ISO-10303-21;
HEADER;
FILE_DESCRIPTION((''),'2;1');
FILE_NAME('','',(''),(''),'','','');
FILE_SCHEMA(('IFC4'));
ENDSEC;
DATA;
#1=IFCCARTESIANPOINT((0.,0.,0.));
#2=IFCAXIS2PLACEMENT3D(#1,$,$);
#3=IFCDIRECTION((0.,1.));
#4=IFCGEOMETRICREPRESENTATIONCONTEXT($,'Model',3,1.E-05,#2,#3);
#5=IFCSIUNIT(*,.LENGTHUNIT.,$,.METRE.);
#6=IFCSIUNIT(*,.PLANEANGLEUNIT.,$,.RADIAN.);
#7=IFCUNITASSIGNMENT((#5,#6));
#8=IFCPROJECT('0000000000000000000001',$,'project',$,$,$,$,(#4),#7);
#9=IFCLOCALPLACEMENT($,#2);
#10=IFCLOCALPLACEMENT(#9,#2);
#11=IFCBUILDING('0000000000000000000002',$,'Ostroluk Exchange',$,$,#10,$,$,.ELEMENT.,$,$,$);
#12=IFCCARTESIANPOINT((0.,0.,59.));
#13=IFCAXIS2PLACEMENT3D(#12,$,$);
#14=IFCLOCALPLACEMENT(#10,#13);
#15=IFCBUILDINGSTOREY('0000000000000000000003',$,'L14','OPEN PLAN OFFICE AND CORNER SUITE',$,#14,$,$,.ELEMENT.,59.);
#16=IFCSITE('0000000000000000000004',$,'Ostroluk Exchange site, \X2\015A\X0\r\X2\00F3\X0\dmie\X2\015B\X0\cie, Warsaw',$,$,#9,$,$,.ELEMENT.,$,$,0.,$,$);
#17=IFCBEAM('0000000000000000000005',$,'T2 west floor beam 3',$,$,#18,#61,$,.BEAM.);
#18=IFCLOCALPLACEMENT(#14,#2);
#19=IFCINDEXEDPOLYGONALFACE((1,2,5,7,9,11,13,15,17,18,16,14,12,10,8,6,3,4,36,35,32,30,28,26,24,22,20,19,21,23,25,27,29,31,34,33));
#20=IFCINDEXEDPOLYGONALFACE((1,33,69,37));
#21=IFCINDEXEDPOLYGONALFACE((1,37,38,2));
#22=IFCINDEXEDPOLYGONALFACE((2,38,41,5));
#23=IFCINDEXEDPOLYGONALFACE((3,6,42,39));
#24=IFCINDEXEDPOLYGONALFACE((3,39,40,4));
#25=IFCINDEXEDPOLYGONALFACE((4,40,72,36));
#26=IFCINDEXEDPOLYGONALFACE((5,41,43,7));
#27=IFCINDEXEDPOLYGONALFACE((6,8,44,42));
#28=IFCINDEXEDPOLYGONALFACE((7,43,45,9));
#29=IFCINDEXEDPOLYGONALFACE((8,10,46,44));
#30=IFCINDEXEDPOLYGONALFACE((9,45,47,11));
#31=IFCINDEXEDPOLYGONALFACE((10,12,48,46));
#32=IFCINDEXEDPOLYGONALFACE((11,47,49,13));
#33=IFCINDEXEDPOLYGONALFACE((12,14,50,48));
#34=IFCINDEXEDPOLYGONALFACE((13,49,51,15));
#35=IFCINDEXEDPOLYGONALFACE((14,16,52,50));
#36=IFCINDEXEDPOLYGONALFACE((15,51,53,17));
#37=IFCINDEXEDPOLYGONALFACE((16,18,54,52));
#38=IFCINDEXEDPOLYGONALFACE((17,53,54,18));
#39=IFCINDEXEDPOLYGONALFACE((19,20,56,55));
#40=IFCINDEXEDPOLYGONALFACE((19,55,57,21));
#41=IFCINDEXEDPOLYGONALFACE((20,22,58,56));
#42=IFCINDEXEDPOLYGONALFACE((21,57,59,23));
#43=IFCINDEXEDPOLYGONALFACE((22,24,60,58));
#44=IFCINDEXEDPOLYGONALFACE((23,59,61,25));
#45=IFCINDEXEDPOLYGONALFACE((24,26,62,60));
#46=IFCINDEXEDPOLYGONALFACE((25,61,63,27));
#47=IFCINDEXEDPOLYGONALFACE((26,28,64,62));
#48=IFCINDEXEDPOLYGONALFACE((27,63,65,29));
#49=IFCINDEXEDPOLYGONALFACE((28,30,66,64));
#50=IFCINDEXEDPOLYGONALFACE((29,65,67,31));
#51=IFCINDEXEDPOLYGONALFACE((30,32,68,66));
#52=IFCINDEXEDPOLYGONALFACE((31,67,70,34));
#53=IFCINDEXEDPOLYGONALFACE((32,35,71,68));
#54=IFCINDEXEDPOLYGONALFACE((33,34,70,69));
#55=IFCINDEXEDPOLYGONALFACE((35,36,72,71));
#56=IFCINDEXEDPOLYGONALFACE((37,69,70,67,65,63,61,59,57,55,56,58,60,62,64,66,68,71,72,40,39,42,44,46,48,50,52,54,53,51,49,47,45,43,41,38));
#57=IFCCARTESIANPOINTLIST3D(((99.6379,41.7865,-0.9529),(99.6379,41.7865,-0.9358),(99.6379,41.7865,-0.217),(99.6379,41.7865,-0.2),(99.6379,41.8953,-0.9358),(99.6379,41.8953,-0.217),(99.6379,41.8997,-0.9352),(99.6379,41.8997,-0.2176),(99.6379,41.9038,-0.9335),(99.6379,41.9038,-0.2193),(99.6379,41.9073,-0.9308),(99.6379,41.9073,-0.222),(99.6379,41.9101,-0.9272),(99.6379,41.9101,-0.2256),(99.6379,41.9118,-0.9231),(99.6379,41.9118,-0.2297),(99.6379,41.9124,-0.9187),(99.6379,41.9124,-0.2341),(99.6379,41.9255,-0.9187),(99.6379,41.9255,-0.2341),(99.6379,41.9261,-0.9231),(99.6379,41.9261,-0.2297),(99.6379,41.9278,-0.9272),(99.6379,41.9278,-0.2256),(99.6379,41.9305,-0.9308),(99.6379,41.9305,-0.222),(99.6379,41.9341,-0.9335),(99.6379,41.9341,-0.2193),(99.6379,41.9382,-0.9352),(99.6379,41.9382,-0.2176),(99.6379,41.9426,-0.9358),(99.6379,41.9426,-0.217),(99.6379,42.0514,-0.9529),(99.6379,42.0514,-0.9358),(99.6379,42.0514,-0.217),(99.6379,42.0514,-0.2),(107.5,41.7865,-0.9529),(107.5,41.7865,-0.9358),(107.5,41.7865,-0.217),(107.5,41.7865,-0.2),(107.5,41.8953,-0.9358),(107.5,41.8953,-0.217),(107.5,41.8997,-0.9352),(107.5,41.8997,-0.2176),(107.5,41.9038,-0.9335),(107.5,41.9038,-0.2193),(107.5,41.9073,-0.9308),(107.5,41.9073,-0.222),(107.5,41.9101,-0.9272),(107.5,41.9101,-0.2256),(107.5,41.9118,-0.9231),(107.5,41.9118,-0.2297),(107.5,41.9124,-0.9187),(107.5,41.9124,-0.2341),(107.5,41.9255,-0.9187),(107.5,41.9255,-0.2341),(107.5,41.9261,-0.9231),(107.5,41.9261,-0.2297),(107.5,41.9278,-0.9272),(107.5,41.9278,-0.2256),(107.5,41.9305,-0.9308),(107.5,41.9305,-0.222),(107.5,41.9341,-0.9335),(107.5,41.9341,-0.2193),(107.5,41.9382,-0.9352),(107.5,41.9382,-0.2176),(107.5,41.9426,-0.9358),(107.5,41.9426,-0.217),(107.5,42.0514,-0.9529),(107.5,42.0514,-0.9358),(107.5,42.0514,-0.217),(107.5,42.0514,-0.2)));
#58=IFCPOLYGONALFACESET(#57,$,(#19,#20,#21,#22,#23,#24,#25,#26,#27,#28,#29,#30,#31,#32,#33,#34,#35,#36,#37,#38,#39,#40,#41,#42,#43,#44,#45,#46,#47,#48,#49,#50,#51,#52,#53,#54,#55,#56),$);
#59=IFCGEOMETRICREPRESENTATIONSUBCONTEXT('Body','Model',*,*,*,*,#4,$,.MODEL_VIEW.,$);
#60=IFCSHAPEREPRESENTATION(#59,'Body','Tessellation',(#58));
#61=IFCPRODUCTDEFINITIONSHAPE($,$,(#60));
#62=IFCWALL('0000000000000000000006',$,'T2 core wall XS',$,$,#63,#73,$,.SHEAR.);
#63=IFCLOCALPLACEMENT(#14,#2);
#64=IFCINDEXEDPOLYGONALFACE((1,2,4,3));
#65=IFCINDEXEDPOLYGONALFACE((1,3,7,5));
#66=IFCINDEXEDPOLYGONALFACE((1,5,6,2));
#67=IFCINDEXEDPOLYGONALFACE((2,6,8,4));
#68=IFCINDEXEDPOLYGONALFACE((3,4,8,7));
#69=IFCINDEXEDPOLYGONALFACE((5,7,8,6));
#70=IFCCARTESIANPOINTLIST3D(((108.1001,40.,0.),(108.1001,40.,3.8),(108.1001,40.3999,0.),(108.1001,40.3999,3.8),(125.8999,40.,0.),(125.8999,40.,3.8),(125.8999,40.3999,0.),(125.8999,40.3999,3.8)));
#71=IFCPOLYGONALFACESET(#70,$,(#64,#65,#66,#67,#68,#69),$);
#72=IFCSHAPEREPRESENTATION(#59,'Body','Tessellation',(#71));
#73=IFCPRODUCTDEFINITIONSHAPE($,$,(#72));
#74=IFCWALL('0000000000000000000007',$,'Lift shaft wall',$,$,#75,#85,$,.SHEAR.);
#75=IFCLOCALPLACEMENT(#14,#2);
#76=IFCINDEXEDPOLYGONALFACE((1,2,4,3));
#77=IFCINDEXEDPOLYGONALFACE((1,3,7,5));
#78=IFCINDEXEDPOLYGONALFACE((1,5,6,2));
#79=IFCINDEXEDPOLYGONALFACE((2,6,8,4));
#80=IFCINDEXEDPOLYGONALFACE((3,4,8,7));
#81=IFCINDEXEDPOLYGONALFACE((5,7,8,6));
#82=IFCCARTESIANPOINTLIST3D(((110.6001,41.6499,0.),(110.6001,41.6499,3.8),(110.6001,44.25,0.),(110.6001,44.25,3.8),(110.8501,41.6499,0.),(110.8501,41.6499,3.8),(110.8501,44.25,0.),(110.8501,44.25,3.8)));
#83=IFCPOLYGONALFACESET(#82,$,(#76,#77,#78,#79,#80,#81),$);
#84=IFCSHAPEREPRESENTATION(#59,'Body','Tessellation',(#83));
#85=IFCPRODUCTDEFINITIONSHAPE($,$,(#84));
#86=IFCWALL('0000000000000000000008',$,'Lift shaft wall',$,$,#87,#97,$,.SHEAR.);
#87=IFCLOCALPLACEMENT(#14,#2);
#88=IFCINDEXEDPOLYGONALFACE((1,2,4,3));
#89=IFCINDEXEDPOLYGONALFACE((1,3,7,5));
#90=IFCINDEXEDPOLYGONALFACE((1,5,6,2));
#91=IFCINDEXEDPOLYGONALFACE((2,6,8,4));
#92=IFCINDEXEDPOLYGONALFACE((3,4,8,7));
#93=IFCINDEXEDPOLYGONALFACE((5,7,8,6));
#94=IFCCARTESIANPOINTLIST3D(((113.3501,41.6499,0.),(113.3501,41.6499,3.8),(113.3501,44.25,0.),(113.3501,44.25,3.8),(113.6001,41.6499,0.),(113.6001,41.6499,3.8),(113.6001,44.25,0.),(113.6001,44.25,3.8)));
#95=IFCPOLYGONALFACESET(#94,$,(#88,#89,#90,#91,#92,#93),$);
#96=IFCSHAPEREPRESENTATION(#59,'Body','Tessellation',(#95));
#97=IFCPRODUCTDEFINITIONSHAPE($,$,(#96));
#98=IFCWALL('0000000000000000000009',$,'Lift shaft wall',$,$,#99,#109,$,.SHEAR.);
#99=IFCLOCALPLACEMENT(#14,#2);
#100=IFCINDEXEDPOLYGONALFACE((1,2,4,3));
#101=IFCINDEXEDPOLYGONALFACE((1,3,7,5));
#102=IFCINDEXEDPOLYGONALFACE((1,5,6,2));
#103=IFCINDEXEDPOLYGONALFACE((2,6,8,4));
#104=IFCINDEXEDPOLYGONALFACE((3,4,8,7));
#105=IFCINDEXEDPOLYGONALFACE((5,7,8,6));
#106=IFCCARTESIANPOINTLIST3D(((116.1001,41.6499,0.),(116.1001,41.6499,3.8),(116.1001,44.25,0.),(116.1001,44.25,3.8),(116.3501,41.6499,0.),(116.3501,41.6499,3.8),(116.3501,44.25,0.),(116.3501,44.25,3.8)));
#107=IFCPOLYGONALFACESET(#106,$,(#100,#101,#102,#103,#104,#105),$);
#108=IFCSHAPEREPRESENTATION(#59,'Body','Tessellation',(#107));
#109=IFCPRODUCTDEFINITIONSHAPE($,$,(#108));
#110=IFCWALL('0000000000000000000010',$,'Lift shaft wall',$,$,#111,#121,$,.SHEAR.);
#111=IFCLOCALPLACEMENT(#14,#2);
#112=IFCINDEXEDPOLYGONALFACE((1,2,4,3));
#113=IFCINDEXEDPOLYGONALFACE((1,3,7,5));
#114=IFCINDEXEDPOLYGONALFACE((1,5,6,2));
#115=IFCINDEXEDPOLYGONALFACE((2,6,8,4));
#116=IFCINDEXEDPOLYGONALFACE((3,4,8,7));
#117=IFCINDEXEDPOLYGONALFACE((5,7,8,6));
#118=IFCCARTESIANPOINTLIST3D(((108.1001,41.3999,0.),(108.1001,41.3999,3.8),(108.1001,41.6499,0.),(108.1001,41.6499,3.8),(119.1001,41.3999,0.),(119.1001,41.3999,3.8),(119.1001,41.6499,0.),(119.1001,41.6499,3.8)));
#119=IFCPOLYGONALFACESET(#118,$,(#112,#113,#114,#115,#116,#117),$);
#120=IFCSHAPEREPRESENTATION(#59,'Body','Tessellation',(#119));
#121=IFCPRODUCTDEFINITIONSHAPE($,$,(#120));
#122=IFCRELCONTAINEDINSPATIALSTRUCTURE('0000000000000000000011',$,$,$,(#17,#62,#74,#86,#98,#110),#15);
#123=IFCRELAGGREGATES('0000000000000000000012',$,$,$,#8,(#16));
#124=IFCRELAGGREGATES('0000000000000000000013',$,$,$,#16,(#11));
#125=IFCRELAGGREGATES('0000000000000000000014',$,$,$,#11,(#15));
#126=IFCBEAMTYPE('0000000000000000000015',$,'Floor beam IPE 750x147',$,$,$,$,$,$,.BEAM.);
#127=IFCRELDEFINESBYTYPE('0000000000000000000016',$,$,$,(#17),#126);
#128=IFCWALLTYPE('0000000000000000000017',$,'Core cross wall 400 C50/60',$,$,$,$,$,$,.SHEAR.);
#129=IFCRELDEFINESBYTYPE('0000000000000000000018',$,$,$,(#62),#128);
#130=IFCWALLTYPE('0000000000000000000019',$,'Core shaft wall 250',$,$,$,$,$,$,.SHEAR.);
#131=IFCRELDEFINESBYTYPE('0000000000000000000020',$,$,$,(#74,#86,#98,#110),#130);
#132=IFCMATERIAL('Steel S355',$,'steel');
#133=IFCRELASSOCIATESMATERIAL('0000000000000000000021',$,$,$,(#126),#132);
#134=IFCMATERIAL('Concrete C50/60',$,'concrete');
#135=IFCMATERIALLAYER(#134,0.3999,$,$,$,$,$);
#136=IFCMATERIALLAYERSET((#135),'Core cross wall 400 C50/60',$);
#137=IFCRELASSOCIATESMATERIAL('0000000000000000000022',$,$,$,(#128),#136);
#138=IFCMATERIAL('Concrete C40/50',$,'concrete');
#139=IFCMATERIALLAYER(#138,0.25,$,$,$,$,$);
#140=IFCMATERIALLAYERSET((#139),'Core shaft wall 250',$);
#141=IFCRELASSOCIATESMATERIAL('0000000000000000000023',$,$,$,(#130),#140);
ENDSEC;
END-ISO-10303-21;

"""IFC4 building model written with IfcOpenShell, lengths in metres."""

from ifc_helpers import new_model, si_unit, direction, frame, frame_2d, origin, origin_2d, place, context, subcontext, project, spatial, rectangle, i_section, extrude, material, layer, layer_set, material_profile, profile_set, type_object, element, save


model = new_model("IFC4")

# Units and contexts
model_context = context("Model", 3, precision=1e-05, world=origin(), true_north=direction((0.0, 1.0)))
body_context = subcontext(model_context, "Body", "Model", "MODEL_VIEW")
ifc_project = project(units=[si_unit("LENGTHUNIT", "METRE"), si_unit("PLANEANGLEUNIT", "RADIAN")], contexts=[model_context])

# Site, building, storey
site_placement = place(None, origin())
site = spatial("IfcSite", under=ifc_project, at=site_placement, Name="Ostroluk Exchange site, Śródmieście, Warsaw", CompositionType="ELEMENT", RefElevation=0.0)
building_placement = place(site_placement, origin())
building = spatial("IfcBuilding", under=site, at=building_placement, Name="Ostroluk Exchange", CompositionType="ELEMENT")
storey_placement = place(building_placement, frame((0.0, 0.0, 59.0)))
storey = spatial("IfcBuildingStorey", under=building, at=storey_placement, Name="L14", Description="OPEN PLAN OFFICE AND CORNER SUITE", CompositionType="ELEMENT", Elevation=59.0)

# Beam
ifc_material_1 = material(Name="Steel S355", Category="steel")
ifc_material_profile = material_profile(ifc_material_1, i_section(OverallWidth=0.2649, OverallDepth=0.7529, WebThickness=0.0132, FlangeThickness=0.0171, FilletRadius=0.0171, at=origin_2d()), Name="IPE 750x147")
ifc_profile_set = profile_set([ifc_material_profile], Name="Steel S355")
beam_type = type_object("IfcBeamType", Name="Floor beam IPE 750x147", PredefinedType="BEAM", material=ifc_profile_set)
beam_placement = place(storey_placement, frame((107.5, 41.9189, -0.5764), z_axis=(-1.0, 0.0, 0.0), x_axis=(0.0, -1.0, 0.0)))
element("IfcBeam", 1, at=beam_placement, inside=storey, type_object=beam_type, Name="T2 west floor beam 3", PredefinedType="BEAM", context=body_context, shape_type="SweptSolid", body=[
    extrude(i_section(OverallWidth=0.2649, OverallDepth=0.7529, WebThickness=0.0132, FlangeThickness=0.0171, FilletRadius=0.0171, at=origin_2d()), origin(), (0.0, 0.0, 1.0), 7.8621),
])

# Walls
ifc_material_2 = material(Name="Concrete C50/60", Category="concrete")
ifc_layer_1 = layer(ifc_material_2, 0.3999)
ifc_layer_set_1 = layer_set([ifc_layer_1], Name="Core cross wall 400 C50/60")
wall_type_1 = type_object("IfcWallType", Name="Core cross wall 400 C50/60", PredefinedType="SHEAR", material=ifc_layer_set_1)
wall_1_placement = place(storey_placement, frame((108.1001, 40.2, 0.0), z_axis=(0.0, 0.0, 1.0), x_axis=(1.0, 0.0, 0.0)))
element("IfcWall", 2, at=wall_1_placement, inside=storey, type_object=wall_type_1, Name="T2 core wall XS", PredefinedType="SHEAR", context=body_context, shape_type="SweptSolid", body=[
    extrude(rectangle(XDim=17.7998, YDim=0.3999, at=frame_2d((8.8999, 0.0))), origin(), (0.0, 0.0, 1.0), 3.8),
])
ifc_material_3 = material(Name="Concrete C40/50", Category="concrete")
ifc_layer_2 = layer(ifc_material_3, 0.25)
ifc_layer_set_2 = layer_set([ifc_layer_2], Name="Core shaft wall 250")
wall_type_2 = type_object("IfcWallType", Name="Core shaft wall 250", PredefinedType="SHEAR", material=ifc_layer_set_2)
for number, where, z_axis, x_axis, name in (
    (3, (110.7251, 44.25, 0.0), (0.0, 0.0, 1.0), (0.0, -1.0, 0.0), "Lift shaft wall"),
    (4, (113.4751, 44.25, 0.0), (0.0, 0.0, 1.0), (0.0, -1.0, 0.0), "Lift shaft wall"),
    (5, (116.2251, 44.25, 0.0), (0.0, 0.0, 1.0), (0.0, -1.0, 0.0), "Lift shaft wall"),
):
    element("IfcWall", number, at=place(storey_placement, frame(where, z_axis=z_axis, x_axis=x_axis)), inside=storey, type_object=wall_type_2, Name=name, PredefinedType="SHEAR", context=body_context, shape_type="SweptSolid", body=[
        extrude(rectangle(XDim=2.6001, YDim=0.25, at=frame_2d((1.3, 0.0))), origin(), (0.0, 0.0, 1.0), 3.8),
    ])
wall_2_placement = place(storey_placement, frame((108.1001, 41.5249, 0.0), z_axis=(0.0, 0.0, 1.0), x_axis=(1.0, 0.0, 0.0)))
element("IfcWall", 6, at=wall_2_placement, inside=storey, type_object=wall_type_2, Name="Lift shaft wall", PredefinedType="SHEAR", context=body_context, shape_type="SweptSolid", body=[
    extrude(rectangle(XDim=11.0, YDim=0.25, at=frame_2d((5.5, 0.0))), origin(), (0.0, 0.0, 1.0), 3.8),
])

save(model, "model.ifc")
